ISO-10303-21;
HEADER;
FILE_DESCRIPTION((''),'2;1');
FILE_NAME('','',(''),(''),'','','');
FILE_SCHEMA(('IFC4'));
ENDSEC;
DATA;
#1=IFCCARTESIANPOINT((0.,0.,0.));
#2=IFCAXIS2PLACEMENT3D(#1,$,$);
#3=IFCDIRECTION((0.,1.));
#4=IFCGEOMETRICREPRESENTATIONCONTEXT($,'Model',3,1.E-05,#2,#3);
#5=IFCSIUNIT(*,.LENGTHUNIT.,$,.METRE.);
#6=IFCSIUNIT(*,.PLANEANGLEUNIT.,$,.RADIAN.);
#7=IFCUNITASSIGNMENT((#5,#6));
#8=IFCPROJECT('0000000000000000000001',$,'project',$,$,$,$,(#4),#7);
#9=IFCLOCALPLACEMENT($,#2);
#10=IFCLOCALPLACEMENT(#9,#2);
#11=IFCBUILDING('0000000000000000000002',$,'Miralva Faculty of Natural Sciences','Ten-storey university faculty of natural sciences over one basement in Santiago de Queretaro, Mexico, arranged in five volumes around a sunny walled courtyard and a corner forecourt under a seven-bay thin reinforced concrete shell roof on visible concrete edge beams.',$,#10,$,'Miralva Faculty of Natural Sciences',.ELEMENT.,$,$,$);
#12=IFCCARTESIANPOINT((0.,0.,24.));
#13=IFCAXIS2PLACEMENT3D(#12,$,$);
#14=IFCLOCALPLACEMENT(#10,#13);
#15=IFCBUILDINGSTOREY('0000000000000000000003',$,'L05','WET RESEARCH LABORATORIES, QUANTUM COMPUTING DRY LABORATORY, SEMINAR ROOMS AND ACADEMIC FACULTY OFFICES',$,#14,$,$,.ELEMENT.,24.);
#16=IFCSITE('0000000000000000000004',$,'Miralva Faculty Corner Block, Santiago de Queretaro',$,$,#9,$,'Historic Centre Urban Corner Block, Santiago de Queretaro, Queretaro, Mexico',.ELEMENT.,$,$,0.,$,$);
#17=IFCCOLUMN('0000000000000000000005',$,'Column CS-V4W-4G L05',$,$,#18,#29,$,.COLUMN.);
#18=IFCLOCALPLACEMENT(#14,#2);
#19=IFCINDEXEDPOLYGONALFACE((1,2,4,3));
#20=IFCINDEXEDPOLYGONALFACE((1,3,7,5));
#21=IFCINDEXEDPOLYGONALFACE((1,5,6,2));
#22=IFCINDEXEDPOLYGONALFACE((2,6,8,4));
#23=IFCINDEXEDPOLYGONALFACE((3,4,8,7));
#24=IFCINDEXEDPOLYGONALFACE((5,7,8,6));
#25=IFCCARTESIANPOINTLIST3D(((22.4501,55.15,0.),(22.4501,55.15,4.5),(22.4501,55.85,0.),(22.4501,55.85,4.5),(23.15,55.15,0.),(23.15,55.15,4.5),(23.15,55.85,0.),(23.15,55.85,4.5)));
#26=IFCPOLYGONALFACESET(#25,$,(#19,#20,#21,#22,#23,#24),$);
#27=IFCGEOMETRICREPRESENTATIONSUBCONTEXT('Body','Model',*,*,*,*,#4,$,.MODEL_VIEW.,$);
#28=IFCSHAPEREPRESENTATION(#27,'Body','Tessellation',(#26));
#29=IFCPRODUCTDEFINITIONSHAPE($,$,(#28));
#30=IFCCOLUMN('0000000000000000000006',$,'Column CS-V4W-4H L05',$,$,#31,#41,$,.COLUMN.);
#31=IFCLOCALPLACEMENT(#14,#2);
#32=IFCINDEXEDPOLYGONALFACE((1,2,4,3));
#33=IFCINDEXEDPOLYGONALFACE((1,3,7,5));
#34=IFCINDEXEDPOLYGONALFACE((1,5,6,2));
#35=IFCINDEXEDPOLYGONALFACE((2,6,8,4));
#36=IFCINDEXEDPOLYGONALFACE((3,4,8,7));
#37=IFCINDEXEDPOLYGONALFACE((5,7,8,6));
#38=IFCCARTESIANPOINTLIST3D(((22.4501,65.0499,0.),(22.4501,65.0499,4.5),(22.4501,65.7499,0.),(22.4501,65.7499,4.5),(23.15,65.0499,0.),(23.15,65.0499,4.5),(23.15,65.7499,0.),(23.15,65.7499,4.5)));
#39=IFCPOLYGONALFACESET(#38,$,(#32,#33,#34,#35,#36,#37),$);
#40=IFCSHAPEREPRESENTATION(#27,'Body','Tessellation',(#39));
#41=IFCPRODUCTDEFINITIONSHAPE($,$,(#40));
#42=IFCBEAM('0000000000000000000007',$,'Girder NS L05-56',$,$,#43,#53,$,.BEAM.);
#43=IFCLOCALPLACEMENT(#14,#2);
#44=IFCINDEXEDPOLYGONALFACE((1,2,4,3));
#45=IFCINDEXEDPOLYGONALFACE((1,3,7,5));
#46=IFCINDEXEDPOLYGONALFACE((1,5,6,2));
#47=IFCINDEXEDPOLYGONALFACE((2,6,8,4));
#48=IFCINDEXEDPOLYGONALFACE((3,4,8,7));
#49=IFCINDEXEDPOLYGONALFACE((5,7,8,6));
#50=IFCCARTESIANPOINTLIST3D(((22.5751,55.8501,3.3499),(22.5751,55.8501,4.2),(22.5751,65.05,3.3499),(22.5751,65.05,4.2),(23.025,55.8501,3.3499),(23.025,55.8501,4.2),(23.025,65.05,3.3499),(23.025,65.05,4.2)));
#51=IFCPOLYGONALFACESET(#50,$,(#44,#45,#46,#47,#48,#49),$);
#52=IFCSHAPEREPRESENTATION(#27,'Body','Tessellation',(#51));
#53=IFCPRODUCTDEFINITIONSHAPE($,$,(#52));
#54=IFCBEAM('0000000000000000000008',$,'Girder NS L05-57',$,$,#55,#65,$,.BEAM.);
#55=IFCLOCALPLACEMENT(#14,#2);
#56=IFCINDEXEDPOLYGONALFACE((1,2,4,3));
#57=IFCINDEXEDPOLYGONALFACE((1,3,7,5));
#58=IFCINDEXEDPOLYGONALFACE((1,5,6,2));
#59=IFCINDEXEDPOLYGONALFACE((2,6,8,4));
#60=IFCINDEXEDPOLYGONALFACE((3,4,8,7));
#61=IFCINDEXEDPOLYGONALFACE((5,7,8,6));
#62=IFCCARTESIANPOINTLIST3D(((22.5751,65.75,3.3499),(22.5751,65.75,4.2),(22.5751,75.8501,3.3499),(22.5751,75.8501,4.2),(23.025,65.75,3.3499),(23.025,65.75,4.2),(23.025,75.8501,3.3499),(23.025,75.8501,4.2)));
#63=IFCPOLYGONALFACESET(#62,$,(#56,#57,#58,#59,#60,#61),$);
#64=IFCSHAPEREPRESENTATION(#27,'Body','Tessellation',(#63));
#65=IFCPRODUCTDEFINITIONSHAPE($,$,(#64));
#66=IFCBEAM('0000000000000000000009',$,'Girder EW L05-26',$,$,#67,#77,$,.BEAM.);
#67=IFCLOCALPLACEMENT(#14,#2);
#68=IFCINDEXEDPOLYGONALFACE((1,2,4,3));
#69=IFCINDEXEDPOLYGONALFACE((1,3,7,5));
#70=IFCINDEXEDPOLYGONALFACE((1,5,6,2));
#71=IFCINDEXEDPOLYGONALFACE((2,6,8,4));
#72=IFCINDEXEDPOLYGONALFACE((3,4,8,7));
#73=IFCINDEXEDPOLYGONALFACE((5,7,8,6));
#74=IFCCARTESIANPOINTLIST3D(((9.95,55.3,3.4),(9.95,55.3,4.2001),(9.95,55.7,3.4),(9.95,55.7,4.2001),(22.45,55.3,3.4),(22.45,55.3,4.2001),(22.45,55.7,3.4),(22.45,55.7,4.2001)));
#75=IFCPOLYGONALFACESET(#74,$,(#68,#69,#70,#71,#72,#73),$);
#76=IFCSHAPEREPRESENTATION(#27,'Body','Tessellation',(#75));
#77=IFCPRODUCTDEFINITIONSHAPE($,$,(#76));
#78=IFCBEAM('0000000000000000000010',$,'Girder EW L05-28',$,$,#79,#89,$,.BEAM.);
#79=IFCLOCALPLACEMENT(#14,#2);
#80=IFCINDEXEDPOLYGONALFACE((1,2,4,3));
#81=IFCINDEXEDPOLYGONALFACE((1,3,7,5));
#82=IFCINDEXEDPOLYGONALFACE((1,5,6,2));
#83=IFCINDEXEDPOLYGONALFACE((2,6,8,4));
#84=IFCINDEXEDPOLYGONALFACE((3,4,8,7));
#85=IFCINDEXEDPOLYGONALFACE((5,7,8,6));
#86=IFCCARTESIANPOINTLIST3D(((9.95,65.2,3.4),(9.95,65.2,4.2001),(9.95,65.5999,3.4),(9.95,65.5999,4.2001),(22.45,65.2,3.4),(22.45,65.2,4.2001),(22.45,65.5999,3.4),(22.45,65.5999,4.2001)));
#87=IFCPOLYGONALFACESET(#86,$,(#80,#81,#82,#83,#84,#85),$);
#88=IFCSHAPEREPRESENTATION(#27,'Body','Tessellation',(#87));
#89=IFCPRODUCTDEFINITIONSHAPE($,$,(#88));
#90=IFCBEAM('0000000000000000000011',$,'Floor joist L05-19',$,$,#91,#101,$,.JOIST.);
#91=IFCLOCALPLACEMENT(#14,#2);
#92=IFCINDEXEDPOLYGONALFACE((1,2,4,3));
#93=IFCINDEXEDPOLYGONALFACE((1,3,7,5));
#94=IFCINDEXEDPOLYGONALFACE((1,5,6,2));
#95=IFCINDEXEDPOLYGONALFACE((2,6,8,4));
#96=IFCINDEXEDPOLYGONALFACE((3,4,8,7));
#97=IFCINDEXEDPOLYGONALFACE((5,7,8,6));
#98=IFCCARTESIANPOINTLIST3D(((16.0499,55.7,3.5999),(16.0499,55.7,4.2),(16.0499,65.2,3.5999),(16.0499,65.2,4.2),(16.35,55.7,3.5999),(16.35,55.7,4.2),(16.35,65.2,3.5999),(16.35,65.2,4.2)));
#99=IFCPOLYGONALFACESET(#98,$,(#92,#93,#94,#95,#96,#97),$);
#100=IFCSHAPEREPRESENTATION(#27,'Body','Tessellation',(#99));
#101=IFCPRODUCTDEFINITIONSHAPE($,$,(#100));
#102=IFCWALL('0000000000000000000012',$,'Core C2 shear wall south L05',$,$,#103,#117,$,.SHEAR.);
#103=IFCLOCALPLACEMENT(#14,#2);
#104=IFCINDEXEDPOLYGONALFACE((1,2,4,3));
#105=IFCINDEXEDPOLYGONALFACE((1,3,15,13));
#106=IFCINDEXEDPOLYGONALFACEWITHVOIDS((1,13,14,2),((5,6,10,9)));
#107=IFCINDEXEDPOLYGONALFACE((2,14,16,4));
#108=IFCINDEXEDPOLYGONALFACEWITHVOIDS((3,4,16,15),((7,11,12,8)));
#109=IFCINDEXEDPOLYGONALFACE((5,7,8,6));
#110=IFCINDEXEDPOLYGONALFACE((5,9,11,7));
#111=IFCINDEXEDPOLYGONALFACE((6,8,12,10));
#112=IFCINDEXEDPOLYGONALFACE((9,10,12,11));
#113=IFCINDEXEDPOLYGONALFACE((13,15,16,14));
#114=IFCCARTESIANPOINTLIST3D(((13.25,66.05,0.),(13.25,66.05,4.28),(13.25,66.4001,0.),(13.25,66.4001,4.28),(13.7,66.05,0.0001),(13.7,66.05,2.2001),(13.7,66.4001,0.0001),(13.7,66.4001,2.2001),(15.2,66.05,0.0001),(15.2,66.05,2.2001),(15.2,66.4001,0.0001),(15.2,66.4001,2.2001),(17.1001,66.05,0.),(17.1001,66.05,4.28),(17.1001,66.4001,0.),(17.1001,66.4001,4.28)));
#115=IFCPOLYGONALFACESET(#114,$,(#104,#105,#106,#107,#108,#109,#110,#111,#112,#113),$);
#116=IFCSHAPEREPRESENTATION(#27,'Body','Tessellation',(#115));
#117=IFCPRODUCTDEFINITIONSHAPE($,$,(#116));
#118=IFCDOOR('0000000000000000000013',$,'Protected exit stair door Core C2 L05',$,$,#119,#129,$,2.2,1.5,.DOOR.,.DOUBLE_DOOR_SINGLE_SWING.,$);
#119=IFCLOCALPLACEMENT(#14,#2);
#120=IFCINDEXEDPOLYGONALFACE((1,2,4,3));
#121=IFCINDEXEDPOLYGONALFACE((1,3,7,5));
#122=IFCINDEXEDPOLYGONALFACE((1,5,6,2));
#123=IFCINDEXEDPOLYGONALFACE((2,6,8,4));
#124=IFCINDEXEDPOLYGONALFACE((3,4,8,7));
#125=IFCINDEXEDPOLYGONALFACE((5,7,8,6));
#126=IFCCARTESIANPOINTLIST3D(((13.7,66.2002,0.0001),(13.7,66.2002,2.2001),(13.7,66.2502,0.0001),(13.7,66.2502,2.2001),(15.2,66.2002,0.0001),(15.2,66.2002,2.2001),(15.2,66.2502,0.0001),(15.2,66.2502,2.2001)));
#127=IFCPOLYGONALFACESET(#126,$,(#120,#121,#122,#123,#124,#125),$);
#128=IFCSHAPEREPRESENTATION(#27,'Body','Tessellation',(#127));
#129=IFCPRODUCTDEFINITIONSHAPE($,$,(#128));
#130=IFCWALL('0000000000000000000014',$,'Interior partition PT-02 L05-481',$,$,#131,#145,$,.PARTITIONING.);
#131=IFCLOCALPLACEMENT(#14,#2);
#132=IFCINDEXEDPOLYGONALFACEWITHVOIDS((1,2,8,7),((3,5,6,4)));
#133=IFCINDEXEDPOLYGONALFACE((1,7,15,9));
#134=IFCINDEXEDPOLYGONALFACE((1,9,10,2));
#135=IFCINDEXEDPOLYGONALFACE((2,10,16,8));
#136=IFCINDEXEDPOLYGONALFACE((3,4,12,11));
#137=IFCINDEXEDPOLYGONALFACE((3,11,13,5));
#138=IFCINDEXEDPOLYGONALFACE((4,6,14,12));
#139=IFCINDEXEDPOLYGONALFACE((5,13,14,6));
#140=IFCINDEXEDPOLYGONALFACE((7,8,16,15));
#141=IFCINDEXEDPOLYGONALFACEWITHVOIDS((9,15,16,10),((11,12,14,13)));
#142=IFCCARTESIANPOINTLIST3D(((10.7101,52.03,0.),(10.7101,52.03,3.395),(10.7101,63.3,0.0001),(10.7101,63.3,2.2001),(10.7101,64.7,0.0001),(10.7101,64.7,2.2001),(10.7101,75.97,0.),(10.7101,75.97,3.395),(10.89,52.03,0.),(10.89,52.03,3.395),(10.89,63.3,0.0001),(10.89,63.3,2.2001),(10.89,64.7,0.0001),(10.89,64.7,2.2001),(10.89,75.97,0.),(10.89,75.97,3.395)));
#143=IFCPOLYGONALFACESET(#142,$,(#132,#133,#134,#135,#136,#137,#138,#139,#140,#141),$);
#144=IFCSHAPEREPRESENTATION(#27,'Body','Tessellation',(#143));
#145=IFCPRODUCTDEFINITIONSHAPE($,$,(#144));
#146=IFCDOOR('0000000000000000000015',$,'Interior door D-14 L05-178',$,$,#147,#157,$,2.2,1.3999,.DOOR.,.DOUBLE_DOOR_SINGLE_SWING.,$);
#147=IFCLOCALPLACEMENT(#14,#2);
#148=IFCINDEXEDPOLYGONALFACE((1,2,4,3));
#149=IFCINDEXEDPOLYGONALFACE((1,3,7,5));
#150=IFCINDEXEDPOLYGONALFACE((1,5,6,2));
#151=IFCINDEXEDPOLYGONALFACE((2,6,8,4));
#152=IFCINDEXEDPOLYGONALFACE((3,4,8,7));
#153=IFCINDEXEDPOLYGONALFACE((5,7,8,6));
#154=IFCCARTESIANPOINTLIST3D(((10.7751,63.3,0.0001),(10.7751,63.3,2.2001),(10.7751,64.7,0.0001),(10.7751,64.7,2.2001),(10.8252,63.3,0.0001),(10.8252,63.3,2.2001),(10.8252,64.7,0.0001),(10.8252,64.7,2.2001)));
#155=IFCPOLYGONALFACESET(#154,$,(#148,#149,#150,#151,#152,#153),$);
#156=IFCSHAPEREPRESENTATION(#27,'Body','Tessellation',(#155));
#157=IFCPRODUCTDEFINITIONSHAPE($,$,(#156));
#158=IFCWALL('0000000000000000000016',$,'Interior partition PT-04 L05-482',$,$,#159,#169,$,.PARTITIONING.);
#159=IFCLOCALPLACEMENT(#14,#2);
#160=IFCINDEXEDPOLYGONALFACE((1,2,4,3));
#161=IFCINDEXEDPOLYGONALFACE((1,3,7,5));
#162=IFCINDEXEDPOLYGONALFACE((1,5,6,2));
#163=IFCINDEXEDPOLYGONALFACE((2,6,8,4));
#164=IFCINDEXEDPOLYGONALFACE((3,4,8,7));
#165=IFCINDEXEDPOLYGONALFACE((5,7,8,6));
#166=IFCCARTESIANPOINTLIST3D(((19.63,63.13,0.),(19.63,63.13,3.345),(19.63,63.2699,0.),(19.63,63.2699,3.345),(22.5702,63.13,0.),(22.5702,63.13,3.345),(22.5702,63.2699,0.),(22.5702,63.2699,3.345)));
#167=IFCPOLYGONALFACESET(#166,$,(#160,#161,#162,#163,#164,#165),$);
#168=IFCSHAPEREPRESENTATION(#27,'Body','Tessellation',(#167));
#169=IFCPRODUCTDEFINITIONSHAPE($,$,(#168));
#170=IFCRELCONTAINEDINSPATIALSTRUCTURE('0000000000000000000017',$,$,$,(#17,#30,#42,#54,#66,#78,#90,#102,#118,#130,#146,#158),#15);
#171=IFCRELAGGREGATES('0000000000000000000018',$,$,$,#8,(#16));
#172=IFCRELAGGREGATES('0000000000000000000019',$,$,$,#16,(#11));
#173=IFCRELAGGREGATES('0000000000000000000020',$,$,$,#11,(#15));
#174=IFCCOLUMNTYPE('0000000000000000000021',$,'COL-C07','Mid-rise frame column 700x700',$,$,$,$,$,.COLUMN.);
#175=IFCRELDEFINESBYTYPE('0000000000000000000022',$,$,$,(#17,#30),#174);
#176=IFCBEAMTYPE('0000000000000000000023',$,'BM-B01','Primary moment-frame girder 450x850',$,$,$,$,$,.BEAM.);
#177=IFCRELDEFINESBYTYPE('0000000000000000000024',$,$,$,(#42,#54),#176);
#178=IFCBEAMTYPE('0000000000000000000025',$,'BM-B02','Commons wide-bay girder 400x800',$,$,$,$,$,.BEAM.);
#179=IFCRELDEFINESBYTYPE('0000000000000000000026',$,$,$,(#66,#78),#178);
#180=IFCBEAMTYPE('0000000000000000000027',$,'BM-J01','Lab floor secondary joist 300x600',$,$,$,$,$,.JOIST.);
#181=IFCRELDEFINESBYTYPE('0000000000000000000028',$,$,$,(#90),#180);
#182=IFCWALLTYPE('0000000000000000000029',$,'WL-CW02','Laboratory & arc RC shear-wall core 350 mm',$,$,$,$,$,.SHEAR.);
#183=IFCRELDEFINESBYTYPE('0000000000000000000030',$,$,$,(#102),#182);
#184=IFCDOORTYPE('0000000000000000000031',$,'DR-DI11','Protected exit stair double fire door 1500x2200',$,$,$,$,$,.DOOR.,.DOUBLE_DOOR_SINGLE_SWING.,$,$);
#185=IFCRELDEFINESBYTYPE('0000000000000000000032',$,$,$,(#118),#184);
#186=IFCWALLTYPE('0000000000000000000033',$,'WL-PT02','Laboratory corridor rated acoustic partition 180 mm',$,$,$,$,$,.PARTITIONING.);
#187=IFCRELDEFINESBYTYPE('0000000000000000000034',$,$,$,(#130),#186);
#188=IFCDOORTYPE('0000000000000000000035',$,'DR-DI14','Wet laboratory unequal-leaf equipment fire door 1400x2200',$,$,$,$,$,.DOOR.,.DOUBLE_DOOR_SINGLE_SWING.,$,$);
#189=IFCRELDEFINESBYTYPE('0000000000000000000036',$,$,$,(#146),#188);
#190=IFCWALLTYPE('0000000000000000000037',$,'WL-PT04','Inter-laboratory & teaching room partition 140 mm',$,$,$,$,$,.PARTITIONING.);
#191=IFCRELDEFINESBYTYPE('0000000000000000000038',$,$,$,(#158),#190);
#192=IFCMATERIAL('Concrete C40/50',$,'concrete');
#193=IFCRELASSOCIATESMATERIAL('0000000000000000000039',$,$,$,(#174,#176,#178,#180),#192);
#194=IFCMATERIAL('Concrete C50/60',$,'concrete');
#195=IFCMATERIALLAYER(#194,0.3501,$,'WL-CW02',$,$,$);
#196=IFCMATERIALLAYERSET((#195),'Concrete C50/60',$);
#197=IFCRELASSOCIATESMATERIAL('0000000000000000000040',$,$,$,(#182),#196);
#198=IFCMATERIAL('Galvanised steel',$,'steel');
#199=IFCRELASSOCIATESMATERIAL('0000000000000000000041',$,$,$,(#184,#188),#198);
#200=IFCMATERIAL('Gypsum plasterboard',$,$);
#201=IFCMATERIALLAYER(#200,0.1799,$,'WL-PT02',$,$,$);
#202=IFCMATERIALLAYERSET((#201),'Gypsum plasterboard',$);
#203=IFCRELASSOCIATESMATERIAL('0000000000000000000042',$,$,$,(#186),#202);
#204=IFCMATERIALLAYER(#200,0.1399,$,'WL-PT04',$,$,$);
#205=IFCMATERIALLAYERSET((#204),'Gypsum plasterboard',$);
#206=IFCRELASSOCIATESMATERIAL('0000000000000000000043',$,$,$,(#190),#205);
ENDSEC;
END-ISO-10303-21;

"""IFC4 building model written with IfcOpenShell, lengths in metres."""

from ifc_helpers import new_model, si_unit, direction, frame, frame_2d, origin, origin_2d, place, context, subcontext, project, spatial, rectangle, extrude, material, layer, layer_set, material_profile, profile_set, type_object, element, fill, save


model = new_model("IFC4")

# Units and contexts
model_context = context("Model", 3, precision=1e-05, world=origin(), true_north=direction((0.0, 1.0)))
body_context = subcontext(model_context, "Body", "Model", "MODEL_VIEW")
ifc_project = project(units=[si_unit("LENGTHUNIT", "METRE"), si_unit("PLANEANGLEUNIT", "RADIAN")], contexts=[model_context])

# Site, building, storey
site_placement = place(None, origin())
site = spatial("IfcSite", under=ifc_project, at=site_placement, Name="Miralva Faculty Corner Block, Santiago de Queretaro", LongName="Historic Centre Urban Corner Block, Santiago de Queretaro, Queretaro, Mexico", CompositionType="ELEMENT", RefElevation=0.0)
building_placement = place(site_placement, origin())
building = spatial("IfcBuilding", under=site, at=building_placement, Name="Miralva Faculty of Natural Sciences", Description="Ten-storey university faculty of natural sciences over one basement in Santiago de Queretaro, Mexico, arranged in five volumes around a sunny walled courtyard and a corner forecourt under a seven-bay thin reinforced concrete shell roof on visible concrete edge beams.", LongName="Miralva Faculty of Natural Sciences", CompositionType="ELEMENT")
storey_placement = place(building_placement, frame((0.0, 0.0, 24.0)))
storey = spatial("IfcBuildingStorey", under=building, at=storey_placement, Name="L05", Description="WET RESEARCH LABORATORIES, QUANTUM COMPUTING DRY LABORATORY, SEMINAR ROOMS AND ACADEMIC FACULTY OFFICES", CompositionType="ELEMENT", Elevation=24.0)

# Columns
ifc_material_1 = material(Name="Concrete C40/50", Category="concrete")
ifc_material_profile_1 = material_profile(ifc_material_1, rectangle(XDim=0.7, YDim=0.7, at=origin_2d()), Name="RC 700x700")
ifc_profile_set_1 = profile_set([ifc_material_profile_1], Name="Concrete C40/50")
column_type = type_object("IfcColumnType", Name="COL-C07", Description="Mid-rise frame column 700x700", PredefinedType="COLUMN", material=ifc_profile_set_1)
for number, where, z_axis, x_axis, name in (
    (1, (22.8, 55.5, 0.0), (0.0, 0.0, 1.0), (1.0, 0.0, 0.0), "Column CS-V4W-4G L05"),
    (2, (22.8, 65.3999, 0.0), (0.0, 0.0, 1.0), (1.0, 0.0, 0.0), "Column CS-V4W-4H L05"),
):
    element("IfcColumn", number, at=place(storey_placement, frame(where, z_axis=z_axis, x_axis=x_axis)), inside=storey, type_object=column_type, Name=name, PredefinedType="COLUMN", context=body_context, shape_type="SweptSolid", body=[
        extrude(rectangle(XDim=0.7, YDim=0.7, at=origin_2d()), origin(), (0.0, 0.0, 1.0), 4.5),
    ])

# Beams
ifc_material_profile_2 = material_profile(ifc_material_1, rectangle(XDim=0.45, YDim=0.8501, at=origin_2d()), Name="RC 450x850")
ifc_profile_set_2 = profile_set([ifc_material_profile_2], Name="Concrete C40/50")
beam_type_1 = type_object("IfcBeamType", Name="BM-B01", Description="Primary moment-frame girder 450x850", PredefinedType="BEAM", material=ifc_profile_set_2)
beam_1_placement = place(storey_placement, frame((22.8, 55.8501, 3.7749), z_axis=(0.0, 1.0, 0.0), x_axis=(-1.0, 0.0, 0.0)))
element("IfcBeam", 3, at=beam_1_placement, inside=storey, type_object=beam_type_1, Name="Girder NS L05-56", PredefinedType="BEAM", context=body_context, shape_type="SweptSolid", body=[
    extrude(rectangle(XDim=0.45, YDim=0.8501, at=origin_2d()), origin(), (0.0, 0.0, 1.0), 9.2),
])
beam_2_placement = place(storey_placement, frame((22.8, 65.75, 3.7749), z_axis=(0.0, 1.0, 0.0), x_axis=(-1.0, 0.0, 0.0)))
element("IfcBeam", 4, at=beam_2_placement, inside=storey, type_object=beam_type_1, Name="Girder NS L05-57", PredefinedType="BEAM", context=body_context, shape_type="SweptSolid", body=[
    extrude(rectangle(XDim=0.45, YDim=0.8501, at=origin_2d()), origin(), (0.0, 0.0, 1.0), 10.1001),
])
ifc_material_profile_3 = material_profile(ifc_material_1, rectangle(XDim=0.3999, YDim=0.8, at=origin_2d()), Name="RC 400x800")
ifc_profile_set_3 = profile_set([ifc_material_profile_3], Name="Concrete C40/50")
beam_type_2 = type_object("IfcBeamType", Name="BM-B02", Description="Commons wide-bay girder 400x800", PredefinedType="BEAM", material=ifc_profile_set_3)
for number, where, z_axis, x_axis, name in (
    (5, (9.95, 55.5, 3.8), (1.0, 0.0, 0.0), (0.0, 1.0, 0.0), "Girder EW L05-26"),
    (6, (9.95, 65.3999, 3.8), (1.0, 0.0, 0.0), (0.0, 1.0, 0.0), "Girder EW L05-28"),
):
    element("IfcBeam", number, at=place(storey_placement, frame(where, z_axis=z_axis, x_axis=x_axis)), inside=storey, type_object=beam_type_2, Name=name, PredefinedType="BEAM", context=body_context, shape_type="SweptSolid", body=[
        extrude(rectangle(XDim=0.3999, YDim=0.8, at=origin_2d()), origin(), (0.0, 0.0, 1.0), 12.5),
    ])
ifc_material_profile_4 = material_profile(ifc_material_1, rectangle(XDim=0.3, YDim=0.6001, at=origin_2d()), Name="RC 300x600")
ifc_profile_set_4 = profile_set([ifc_material_profile_4], Name="Concrete C40/50")
beam_type_3 = type_object("IfcBeamType", Name="BM-J01", Description="Lab floor secondary joist 300x600", PredefinedType="JOIST", material=ifc_profile_set_4)
beam_3_placement = place(storey_placement, frame((16.2, 55.7, 3.8999), z_axis=(0.0, 1.0, 0.0), x_axis=(-1.0, 0.0, 0.0)))
element("IfcBeam", 7, at=beam_3_placement, inside=storey, type_object=beam_type_3, Name="Floor joist L05-19", PredefinedType="JOIST", context=body_context, shape_type="SweptSolid", body=[
    extrude(rectangle(XDim=0.3, YDim=0.6001, at=origin_2d()), origin(), (0.0, 0.0, 1.0), 9.5),
])

# Walls, openings, doors
ifc_material_2 = material(Name="Concrete C50/60", Category="concrete")
ifc_layer_1 = layer(ifc_material_2, 0.3501, Name="WL-CW02")
ifc_layer_set_1 = layer_set([ifc_layer_1], Name="Concrete C50/60")
wall_type_1 = type_object("IfcWallType", Name="WL-CW02", Description="Laboratory & arc RC shear-wall core 350 mm", PredefinedType="SHEAR", material=ifc_layer_set_1)
wall_1_placement = place(storey_placement, frame((13.25, 66.2251, 0.0), z_axis=(0.0, 0.0, 1.0), x_axis=(1.0, 0.0, 0.0)))
wall_1 = element("IfcWall", 8, at=wall_1_placement, inside=storey, type_object=wall_type_1, Name="Core C2 shear wall south L05", PredefinedType="SHEAR", context=body_context, shape_type="SweptSolid", body=[
    extrude(rectangle(XDim=3.8501, YDim=0.3501, at=frame_2d((1.925, 0.0))), origin(), (0.0, 0.0, 1.0), 4.28),
])
opening_1_placement = place(wall_1_placement, frame((0.45, 0.0, 0.0)))
opening_1 = element("IfcOpeningElement", 9, at=opening_1_placement, cuts=wall_1, PredefinedType="OPENING", context=body_context, shape_type="SweptSolid", body=[
    extrude(rectangle(XDim=1.5, YDim=2.2, at=frame_2d((0.75, 1.1001))), frame((0.0, 0.1851, 0.0), z_axis=(0.0, -1.0, 0.0), x_axis=(1.0, 0.0, 0.0)), (0.0, 0.0, 1.0), 0.3701),
])
ifc_material_3 = material(Name="Galvanised steel", Category="steel")
door_type_1 = type_object("IfcDoorType", Name="DR-DI11", Description="Protected exit stair double fire door 1500x2200", OperationType="DOUBLE_DOOR_SINGLE_SWING", PredefinedType="DOOR", material=ifc_material_3)
door_1_placement = place(opening_1_placement, frame((1.5, 0.0, 0.0), z_axis=(0.0, 0.0, 1.0), x_axis=(-1.0, 0.0, 0.0)))
door_1 = element("IfcDoor", 10, at=door_1_placement, inside=storey, type_object=door_type_1, Name="Protected exit stair door Core C2 L05", OperationType="DOUBLE_DOOR_SINGLE_SWING", OverallHeight=2.2, OverallWidth=1.5, PredefinedType="DOOR", context=body_context, shape_type="SweptSolid", body=[
    extrude(rectangle(XDim=1.5, YDim=2.2, at=frame_2d((0.75, 1.1001))), frame((0.0, 0.0249, 0.0), z_axis=(0.0, -1.0, 0.0), x_axis=(1.0, 0.0, 0.0)), (0.0, 0.0, 1.0), 0.05),
])
fill(opening_1, door_1)
ifc_material_4 = material(Name="Gypsum plasterboard")
ifc_layer_2 = layer(ifc_material_4, 0.1799, Name="WL-PT02")
ifc_layer_set_2 = layer_set([ifc_layer_2], Name="Gypsum plasterboard")
wall_type_2 = type_object("IfcWallType", Name="WL-PT02", Description="Laboratory corridor rated acoustic partition 180 mm", PredefinedType="PARTITIONING", material=ifc_layer_set_2)
wall_2_placement = place(storey_placement, frame((10.8, 52.03, 0.0), z_axis=(0.0, 0.0, 1.0), x_axis=(0.0, 1.0, 0.0)))
wall_2 = element("IfcWall", 11, at=wall_2_placement, inside=storey, type_object=wall_type_2, Name="Interior partition PT-02 L05-481", PredefinedType="PARTITIONING", context=body_context, shape_type="SweptSolid", body=[
    extrude(rectangle(XDim=23.9399, YDim=0.1799, at=frame_2d((11.97, 0.0))), origin(), (0.0, 0.0, 1.0), 3.395),
])
opening_2_placement = place(wall_2_placement, frame((11.27, 0.0, 0.0)))
opening_2 = element("IfcOpeningElement", 12, at=opening_2_placement, cuts=wall_2, PredefinedType="OPENING", context=body_context, shape_type="SweptSolid", body=[
    extrude(rectangle(XDim=1.3999, YDim=2.2, at=frame_2d((0.7, 1.1001))), frame((0.0, 0.0999, 0.0), z_axis=(0.0, -1.0, 0.0), x_axis=(1.0, 0.0, 0.0)), (0.0, 0.0, 1.0), 0.2),
])
door_type_2 = type_object("IfcDoorType", Name="DR-DI14", Description="Wet laboratory unequal-leaf equipment fire door 1400x2200", OperationType="DOUBLE_DOOR_SINGLE_SWING", PredefinedType="DOOR", material=ifc_material_3)
door_2_placement = place(opening_2_placement, origin())
door_2 = element("IfcDoor", 13, at=door_2_placement, inside=storey, type_object=door_type_2, Name="Interior door D-14 L05-178", OperationType="DOUBLE_DOOR_SINGLE_SWING", OverallHeight=2.2, OverallWidth=1.3999, PredefinedType="DOOR", context=body_context, shape_type="SweptSolid", body=[
    extrude(rectangle(XDim=1.3999, YDim=2.2, at=frame_2d((0.7, 1.1001))), frame((0.0, 0.0249, 0.0), z_axis=(0.0, -1.0, 0.0), x_axis=(1.0, 0.0, 0.0)), (0.0, 0.0, 1.0), 0.05),
])
fill(opening_2, door_2)

# Wall
ifc_layer_3 = layer(ifc_material_4, 0.1399, Name="WL-PT04")
ifc_layer_set_3 = layer_set([ifc_layer_3], Name="Gypsum plasterboard")
wall_type_3 = type_object("IfcWallType", Name="WL-PT04", Description="Inter-laboratory & teaching room partition 140 mm", PredefinedType="PARTITIONING", material=ifc_layer_set_3)
wall_3_placement = place(storey_placement, frame((19.6299, 63.2, 0.0), z_axis=(0.0, 0.0, 1.0), x_axis=(1.0, 0.0, 0.0)))
element("IfcWall", 14, at=wall_3_placement, inside=storey, type_object=wall_type_3, Name="Interior partition PT-04 L05-482", PredefinedType="PARTITIONING", context=body_context, shape_type="SweptSolid", body=[
    extrude(rectangle(XDim=2.9402, YDim=0.1399, at=frame_2d((1.4702, 0.0))), origin(), (0.0, 0.0, 1.0), 3.345),
])

save(model, "model.ifc")
